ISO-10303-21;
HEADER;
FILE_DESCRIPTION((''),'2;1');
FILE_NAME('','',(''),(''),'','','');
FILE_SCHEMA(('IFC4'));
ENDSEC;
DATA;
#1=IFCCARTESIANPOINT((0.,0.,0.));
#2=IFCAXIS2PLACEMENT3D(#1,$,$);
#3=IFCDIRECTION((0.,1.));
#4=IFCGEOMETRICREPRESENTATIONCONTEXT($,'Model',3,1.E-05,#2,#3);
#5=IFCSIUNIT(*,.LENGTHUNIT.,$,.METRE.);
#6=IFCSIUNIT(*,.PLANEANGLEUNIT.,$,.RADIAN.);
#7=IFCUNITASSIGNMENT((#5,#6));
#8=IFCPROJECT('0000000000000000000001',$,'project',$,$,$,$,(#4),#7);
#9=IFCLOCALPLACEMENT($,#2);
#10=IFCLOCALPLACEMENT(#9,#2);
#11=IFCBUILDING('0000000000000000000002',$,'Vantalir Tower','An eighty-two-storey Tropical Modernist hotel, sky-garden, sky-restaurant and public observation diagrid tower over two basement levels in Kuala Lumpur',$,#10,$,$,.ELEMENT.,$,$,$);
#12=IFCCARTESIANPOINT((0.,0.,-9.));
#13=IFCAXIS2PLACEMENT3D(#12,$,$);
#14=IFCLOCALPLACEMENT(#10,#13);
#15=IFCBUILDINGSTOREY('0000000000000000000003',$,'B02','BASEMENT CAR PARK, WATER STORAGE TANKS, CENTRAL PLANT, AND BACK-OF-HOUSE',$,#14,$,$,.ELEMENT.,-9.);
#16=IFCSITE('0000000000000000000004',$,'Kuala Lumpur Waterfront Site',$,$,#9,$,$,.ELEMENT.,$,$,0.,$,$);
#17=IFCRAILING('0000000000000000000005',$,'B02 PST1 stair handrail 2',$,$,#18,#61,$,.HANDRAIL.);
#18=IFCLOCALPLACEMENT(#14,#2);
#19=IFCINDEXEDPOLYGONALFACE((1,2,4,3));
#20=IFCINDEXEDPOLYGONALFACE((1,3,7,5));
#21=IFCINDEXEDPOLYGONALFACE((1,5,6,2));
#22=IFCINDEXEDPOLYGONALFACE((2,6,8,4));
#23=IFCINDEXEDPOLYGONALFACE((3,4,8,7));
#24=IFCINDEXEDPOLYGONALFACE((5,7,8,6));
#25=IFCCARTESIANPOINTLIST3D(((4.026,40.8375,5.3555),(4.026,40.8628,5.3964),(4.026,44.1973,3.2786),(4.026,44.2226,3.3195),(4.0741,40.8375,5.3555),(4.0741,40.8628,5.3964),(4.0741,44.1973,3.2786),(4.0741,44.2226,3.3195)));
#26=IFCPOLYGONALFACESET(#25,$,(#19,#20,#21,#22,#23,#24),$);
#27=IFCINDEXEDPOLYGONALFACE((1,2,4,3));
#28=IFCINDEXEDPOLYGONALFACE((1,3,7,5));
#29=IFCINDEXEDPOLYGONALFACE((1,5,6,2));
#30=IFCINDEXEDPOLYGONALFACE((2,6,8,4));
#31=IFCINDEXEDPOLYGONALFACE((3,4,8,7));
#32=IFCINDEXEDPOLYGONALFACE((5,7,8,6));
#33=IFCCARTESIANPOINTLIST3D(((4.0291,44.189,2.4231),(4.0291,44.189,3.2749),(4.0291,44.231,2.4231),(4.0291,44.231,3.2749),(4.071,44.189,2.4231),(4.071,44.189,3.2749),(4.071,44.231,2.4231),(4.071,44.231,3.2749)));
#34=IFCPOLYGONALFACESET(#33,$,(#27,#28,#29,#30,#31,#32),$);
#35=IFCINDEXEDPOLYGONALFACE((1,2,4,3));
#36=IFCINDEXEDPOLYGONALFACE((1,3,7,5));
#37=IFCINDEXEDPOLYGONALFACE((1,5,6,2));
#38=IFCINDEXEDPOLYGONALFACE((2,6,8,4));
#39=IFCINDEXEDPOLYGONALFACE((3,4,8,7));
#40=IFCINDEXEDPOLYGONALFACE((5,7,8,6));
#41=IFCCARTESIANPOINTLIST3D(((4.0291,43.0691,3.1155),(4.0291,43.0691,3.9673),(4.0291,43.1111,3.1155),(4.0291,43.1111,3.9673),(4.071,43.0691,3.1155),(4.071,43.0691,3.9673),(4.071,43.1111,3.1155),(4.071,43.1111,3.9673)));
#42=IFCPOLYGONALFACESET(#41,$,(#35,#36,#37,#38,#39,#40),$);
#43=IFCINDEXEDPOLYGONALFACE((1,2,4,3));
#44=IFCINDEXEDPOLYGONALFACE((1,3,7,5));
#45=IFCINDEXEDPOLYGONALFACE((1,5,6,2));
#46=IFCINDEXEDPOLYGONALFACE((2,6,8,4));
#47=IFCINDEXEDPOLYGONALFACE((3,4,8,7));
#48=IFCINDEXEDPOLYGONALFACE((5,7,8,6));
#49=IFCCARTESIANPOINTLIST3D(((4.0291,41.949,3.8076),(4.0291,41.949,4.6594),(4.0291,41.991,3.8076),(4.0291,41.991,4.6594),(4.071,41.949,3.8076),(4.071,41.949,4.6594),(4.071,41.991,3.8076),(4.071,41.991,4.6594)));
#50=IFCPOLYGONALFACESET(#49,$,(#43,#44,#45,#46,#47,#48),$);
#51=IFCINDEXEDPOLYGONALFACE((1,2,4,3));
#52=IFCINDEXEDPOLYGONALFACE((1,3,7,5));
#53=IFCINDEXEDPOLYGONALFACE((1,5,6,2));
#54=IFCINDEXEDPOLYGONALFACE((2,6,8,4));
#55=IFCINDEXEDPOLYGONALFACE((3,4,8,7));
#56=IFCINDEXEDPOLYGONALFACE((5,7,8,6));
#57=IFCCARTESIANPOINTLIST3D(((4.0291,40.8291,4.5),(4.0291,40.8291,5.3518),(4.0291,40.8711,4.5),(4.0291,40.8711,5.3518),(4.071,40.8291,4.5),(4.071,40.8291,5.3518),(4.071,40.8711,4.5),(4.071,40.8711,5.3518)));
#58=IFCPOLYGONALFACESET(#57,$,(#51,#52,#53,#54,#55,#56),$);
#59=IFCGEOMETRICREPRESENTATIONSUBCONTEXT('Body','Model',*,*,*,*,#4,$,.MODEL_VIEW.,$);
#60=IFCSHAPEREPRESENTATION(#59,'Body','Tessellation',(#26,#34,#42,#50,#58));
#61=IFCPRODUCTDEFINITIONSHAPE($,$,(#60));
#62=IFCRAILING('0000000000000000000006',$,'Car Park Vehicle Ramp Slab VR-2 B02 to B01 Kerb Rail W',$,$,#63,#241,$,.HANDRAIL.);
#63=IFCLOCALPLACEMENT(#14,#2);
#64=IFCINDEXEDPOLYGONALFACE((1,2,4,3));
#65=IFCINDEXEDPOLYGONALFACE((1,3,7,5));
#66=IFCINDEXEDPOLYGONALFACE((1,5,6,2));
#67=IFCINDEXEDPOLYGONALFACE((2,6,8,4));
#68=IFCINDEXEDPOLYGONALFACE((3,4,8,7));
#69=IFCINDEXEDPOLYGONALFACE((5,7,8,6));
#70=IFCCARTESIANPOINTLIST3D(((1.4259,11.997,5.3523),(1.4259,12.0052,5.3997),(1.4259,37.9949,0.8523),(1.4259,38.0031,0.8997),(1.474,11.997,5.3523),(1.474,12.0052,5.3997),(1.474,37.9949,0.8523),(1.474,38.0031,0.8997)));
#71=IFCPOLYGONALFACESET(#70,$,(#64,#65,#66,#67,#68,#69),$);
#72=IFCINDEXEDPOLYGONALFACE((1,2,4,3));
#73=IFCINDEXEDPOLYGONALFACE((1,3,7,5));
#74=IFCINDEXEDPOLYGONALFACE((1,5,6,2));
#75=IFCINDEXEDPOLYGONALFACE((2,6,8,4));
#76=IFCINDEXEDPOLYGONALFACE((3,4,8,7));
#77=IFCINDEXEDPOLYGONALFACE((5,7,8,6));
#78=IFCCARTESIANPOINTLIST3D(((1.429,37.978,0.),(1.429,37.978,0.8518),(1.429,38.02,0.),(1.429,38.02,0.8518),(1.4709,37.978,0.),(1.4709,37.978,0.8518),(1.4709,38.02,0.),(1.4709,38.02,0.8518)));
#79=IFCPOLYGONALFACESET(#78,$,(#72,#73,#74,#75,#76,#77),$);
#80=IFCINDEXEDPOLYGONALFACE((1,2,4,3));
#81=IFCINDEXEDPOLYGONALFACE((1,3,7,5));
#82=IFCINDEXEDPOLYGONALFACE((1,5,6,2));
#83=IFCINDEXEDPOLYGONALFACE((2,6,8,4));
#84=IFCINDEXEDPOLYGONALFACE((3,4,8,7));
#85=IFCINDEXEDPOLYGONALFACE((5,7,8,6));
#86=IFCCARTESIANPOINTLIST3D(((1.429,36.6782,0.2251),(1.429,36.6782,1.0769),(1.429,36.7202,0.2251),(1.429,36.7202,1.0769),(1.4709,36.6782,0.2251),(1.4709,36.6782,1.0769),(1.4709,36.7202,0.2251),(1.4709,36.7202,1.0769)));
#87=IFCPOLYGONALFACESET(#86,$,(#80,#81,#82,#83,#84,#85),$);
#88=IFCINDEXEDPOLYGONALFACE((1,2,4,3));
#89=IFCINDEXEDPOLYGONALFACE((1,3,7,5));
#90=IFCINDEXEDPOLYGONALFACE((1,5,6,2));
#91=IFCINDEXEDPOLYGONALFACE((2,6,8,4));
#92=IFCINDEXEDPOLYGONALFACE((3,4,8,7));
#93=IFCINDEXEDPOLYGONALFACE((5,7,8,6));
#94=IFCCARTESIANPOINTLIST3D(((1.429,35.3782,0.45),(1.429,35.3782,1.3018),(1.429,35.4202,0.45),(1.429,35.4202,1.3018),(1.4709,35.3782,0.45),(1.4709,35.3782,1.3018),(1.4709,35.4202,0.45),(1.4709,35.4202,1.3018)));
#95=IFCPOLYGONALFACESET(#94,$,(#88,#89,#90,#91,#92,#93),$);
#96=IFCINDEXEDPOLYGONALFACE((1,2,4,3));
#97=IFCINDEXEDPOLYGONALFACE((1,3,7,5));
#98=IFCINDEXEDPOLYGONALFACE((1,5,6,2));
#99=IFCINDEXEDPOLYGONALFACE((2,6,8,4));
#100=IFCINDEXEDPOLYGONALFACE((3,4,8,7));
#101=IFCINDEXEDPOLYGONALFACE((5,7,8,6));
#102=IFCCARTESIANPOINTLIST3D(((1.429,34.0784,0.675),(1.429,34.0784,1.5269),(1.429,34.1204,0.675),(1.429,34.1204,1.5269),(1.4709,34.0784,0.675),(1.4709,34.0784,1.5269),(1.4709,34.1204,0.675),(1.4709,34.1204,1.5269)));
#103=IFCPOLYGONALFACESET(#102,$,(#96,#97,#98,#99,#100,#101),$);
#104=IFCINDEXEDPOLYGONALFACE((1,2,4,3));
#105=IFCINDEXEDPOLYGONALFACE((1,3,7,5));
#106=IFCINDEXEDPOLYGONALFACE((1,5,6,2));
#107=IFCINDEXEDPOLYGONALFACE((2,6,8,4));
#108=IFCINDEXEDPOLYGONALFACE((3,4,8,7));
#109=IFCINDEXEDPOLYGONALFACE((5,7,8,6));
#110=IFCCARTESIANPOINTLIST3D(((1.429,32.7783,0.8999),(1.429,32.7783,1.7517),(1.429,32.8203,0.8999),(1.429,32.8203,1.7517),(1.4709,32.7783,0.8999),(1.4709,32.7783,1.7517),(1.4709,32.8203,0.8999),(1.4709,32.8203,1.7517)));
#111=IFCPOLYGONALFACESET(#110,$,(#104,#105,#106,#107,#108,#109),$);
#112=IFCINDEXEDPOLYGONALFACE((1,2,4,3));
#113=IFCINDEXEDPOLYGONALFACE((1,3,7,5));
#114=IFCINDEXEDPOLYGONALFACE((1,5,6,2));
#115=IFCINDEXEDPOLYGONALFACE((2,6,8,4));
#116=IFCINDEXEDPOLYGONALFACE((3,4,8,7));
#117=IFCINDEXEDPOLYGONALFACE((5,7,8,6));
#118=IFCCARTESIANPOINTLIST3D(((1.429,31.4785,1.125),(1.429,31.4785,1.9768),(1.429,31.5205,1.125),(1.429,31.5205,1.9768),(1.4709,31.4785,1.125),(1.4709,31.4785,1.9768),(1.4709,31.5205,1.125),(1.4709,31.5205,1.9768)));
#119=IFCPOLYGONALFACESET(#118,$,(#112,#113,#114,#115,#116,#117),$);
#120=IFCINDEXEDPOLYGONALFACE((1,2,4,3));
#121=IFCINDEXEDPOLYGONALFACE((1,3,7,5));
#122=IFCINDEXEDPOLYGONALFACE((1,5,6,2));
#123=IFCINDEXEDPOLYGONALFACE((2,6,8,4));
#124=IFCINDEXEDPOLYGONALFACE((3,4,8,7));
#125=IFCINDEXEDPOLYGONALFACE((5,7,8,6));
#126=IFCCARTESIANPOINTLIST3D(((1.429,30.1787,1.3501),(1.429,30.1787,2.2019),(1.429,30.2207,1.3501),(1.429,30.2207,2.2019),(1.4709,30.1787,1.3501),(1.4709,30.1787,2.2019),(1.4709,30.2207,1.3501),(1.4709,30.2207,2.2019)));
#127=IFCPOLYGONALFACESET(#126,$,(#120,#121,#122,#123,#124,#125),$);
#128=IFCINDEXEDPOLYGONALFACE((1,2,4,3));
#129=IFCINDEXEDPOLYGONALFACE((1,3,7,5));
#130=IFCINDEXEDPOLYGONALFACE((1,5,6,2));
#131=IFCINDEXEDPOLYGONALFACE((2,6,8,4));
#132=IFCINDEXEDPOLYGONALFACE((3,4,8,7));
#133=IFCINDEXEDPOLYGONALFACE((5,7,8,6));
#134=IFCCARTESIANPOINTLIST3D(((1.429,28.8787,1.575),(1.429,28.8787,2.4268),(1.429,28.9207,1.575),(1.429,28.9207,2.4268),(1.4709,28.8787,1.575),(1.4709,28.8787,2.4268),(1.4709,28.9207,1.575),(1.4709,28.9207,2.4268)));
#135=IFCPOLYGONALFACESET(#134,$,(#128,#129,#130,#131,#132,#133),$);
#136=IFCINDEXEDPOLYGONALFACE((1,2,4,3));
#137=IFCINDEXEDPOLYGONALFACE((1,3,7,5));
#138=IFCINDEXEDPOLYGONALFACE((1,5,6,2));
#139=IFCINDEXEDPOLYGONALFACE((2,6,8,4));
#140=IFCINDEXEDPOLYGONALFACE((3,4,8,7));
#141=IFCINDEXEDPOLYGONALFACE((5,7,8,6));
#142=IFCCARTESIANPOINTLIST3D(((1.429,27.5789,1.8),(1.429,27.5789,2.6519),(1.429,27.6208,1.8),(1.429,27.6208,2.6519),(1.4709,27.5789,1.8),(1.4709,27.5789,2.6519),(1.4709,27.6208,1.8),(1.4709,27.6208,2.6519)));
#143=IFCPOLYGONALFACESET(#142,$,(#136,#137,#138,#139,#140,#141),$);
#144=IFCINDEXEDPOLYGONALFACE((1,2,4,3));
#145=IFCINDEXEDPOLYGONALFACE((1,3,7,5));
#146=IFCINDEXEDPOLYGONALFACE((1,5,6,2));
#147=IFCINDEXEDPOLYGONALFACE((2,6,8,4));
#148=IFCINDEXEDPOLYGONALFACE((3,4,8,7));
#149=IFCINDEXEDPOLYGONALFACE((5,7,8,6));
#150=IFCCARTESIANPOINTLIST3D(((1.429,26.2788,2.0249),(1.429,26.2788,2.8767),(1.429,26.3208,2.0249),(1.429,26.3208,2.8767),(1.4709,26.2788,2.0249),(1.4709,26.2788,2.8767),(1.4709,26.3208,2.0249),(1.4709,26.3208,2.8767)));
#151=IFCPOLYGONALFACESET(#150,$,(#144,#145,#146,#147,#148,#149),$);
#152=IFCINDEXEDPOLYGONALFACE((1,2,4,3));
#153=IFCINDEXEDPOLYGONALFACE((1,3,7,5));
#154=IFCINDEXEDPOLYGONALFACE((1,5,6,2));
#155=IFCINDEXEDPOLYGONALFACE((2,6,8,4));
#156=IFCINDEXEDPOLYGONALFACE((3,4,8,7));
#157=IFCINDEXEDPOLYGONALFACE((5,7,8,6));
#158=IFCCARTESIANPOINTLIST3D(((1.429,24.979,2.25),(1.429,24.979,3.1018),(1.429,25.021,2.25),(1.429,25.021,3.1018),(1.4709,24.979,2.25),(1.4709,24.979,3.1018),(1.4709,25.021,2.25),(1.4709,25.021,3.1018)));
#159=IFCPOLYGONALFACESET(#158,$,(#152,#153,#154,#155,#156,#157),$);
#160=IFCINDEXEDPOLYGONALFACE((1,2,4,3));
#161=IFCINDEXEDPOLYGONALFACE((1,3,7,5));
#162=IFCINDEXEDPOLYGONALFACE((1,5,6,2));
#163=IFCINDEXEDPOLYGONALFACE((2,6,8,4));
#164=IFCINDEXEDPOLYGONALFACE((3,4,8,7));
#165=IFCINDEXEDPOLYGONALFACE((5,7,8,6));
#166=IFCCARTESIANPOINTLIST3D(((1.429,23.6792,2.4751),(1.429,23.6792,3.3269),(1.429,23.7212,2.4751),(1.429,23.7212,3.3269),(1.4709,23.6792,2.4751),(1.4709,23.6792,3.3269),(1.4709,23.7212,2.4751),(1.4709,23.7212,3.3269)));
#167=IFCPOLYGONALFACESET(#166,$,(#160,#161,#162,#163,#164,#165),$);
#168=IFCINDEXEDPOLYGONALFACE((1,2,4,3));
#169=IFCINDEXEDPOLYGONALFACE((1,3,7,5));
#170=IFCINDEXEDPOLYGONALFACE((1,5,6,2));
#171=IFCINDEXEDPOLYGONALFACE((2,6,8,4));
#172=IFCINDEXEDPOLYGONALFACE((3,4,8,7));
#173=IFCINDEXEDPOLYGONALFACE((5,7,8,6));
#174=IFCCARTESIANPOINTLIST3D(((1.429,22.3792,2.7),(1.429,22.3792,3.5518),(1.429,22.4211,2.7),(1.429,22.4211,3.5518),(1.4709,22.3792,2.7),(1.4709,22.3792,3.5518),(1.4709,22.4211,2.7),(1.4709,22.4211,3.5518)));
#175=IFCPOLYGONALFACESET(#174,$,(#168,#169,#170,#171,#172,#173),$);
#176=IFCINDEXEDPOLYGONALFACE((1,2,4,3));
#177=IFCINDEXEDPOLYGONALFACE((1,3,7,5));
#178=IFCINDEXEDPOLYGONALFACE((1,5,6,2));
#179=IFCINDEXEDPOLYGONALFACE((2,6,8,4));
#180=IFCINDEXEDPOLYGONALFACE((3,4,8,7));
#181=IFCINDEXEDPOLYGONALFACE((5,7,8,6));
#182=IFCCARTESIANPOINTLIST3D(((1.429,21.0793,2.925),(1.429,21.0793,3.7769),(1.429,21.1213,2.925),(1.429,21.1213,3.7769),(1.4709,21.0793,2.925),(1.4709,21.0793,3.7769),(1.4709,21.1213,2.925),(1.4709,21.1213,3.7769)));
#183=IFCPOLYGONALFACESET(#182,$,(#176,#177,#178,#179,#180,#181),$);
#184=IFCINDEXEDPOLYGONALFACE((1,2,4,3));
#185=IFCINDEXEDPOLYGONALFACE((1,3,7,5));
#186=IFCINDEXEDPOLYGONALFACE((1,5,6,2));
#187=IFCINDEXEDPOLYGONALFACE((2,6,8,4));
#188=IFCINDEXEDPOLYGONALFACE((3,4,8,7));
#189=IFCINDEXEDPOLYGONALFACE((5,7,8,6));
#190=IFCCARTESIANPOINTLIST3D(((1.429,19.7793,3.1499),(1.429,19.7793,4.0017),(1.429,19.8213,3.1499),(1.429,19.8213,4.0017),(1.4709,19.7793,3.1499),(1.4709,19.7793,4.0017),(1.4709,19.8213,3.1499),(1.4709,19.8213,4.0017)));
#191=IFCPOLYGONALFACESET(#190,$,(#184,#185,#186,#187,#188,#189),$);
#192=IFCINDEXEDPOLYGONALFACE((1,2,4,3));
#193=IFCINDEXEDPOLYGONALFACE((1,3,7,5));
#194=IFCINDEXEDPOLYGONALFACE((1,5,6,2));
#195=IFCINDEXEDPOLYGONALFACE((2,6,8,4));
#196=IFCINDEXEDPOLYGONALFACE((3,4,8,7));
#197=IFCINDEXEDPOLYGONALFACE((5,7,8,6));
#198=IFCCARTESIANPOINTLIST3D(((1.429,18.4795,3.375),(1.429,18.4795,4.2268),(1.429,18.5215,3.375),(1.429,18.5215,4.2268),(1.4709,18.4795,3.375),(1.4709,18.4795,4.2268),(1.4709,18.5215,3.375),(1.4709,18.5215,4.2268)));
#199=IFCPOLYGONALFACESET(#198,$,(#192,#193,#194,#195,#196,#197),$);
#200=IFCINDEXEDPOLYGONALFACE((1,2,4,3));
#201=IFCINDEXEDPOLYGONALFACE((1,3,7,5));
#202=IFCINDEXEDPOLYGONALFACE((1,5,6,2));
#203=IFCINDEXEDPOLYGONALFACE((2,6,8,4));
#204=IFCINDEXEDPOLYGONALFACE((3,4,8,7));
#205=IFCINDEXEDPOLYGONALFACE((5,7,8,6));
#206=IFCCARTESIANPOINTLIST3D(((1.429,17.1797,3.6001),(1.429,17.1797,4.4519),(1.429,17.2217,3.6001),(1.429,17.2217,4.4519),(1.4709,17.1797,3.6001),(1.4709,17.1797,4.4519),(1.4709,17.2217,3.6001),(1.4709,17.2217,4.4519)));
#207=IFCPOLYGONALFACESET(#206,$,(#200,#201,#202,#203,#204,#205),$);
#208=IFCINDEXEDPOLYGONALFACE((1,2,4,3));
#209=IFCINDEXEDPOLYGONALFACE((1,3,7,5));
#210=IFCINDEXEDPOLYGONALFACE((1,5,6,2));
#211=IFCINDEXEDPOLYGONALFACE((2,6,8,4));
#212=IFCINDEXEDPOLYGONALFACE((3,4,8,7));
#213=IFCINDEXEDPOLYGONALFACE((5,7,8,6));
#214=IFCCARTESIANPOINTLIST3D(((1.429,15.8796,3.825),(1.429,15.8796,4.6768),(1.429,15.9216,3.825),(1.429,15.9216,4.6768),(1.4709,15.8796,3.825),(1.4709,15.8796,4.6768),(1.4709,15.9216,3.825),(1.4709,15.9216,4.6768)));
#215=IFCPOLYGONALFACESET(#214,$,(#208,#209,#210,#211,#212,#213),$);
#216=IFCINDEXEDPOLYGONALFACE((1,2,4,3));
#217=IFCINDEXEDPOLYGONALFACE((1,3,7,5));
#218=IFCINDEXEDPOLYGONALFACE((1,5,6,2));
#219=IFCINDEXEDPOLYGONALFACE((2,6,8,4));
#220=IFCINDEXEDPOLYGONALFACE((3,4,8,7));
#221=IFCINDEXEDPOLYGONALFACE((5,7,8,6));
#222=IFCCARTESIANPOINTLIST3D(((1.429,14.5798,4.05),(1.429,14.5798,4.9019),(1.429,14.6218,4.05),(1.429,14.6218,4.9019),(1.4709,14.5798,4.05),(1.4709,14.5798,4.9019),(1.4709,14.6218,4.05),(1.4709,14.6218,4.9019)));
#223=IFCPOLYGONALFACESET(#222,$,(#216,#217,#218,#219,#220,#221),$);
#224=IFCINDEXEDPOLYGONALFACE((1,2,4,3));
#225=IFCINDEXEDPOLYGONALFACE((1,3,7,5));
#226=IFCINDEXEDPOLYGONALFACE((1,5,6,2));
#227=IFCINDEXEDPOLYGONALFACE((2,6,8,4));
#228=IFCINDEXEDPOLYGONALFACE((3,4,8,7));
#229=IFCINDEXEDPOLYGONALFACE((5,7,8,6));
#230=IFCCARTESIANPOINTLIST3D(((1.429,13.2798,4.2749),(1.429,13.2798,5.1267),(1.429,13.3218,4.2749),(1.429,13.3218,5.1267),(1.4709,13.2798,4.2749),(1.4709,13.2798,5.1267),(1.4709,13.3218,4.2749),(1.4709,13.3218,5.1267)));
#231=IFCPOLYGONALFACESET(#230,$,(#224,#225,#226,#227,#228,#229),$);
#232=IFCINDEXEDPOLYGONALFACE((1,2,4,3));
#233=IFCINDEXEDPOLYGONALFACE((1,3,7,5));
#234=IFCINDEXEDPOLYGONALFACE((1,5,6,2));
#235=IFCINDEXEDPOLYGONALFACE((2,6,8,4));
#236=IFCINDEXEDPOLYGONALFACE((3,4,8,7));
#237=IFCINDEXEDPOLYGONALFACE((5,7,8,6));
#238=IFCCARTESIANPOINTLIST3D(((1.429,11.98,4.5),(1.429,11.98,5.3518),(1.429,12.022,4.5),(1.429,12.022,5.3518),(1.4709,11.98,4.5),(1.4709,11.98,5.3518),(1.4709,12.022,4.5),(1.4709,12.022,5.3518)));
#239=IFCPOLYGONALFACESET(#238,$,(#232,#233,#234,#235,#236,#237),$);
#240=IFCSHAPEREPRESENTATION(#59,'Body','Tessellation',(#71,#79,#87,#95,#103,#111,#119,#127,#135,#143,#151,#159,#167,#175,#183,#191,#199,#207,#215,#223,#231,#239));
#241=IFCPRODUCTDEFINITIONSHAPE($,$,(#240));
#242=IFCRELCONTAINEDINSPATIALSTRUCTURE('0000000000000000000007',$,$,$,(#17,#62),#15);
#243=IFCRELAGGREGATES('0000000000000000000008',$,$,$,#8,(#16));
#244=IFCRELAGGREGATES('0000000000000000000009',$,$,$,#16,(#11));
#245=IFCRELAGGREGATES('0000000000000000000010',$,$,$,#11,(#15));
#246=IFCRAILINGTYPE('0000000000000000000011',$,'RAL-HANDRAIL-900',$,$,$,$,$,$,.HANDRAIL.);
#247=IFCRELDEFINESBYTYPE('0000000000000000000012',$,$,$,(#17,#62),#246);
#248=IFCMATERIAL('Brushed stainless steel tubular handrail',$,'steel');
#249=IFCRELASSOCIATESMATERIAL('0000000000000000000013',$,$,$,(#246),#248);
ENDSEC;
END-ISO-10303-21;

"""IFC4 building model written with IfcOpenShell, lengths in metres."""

from ifc_helpers import new_model, si_unit, direction, frame, origin, origin_2d, place, context, subcontext, project, spatial, rectangle, extrude, material, type_object, element, save


model = new_model("IFC4")

# Units and contexts
model_context = context("Model", 3, precision=1e-05, world=origin(), true_north=direction((0.0, 1.0)))
body_context = subcontext(model_context, "Body", "Model", "MODEL_VIEW")
ifc_project = project(units=[si_unit("LENGTHUNIT", "METRE"), si_unit("PLANEANGLEUNIT", "RADIAN")], contexts=[model_context])

# Site, building, storey
site_placement = place(None, origin())
site = spatial("IfcSite", under=ifc_project, at=site_placement, Name="Kuala Lumpur Waterfront Site", CompositionType="ELEMENT", RefElevation=0.0)
building_placement = place(site_placement, origin())
building = spatial("IfcBuilding", under=site, at=building_placement, Name="Vantalir Tower", Description="An eighty-two-storey Tropical Modernist hotel, sky-garden, sky-restaurant and public observation diagrid tower over two basement levels in Kuala Lumpur", CompositionType="ELEMENT")
storey_placement = place(building_placement, frame((0.0, 0.0, -9.0)))
storey = spatial("IfcBuildingStorey", under=building, at=storey_placement, Name="B02", Description="BASEMENT CAR PARK, WATER STORAGE TANKS, CENTRAL PLANT, AND BACK-OF-HOUSE", CompositionType="ELEMENT", Elevation=-9.0)

# Railings
ifc_material_1 = material(Name="Brushed stainless steel tubular handrail", Category="steel")
railing_type_1 = type_object("IfcRailingType", Name="RAL-HANDRAIL-900", PredefinedType="HANDRAIL", material=ifc_material_1)
railing_1_placement = place(storey_placement, frame((4.05, 44.21, 2.4231)))
element("IfcRailing", 1, at=railing_1_placement, inside=storey, type_object=railing_type_1, Name="B02 PST1 stair handrail 2", PredefinedType="HANDRAIL", context=body_context, shape_type="SweptSolid", body=[
    extrude(rectangle(XDim=0.0481, YDim=0.0481, at=origin_2d()), frame((0.0, 0.0, 0.876), z_axis=(0.0, -0.850606, 0.525803), x_axis=(1.0, 0.0, 0.0)), (0.0, 0.0, 1.0), 3.95),
    extrude(rectangle(XDim=0.042, YDim=0.042, at=origin_2d()), origin(), (0.0, 0.0, 1.0), 0.8518),
    extrude(rectangle(XDim=0.042, YDim=0.042, at=origin_2d()), frame((0.0, -1.1199, 0.6924)), (0.0, 0.0, 1.0), 0.8518),
    extrude(rectangle(XDim=0.042, YDim=0.042, at=origin_2d()), frame((0.0, -2.24, 1.3845)), (0.0, 0.0, 1.0), 0.8518),
    extrude(rectangle(XDim=0.042, YDim=0.042, at=origin_2d()), frame((0.0, -3.3599, 2.0769)), (0.0, 0.0, 1.0), 0.8518),
])
railing_2_placement = place(storey_placement, frame((1.45, 37.999, 0.0)))
element("IfcRailing", 2, at=railing_2_placement, inside=storey, type_object=railing_type_1, Name="Car Park Vehicle Ramp Slab VR-2 B02 to B01 Kerb Rail W", PredefinedType="HANDRAIL", context=body_context, shape_type="SweptSolid", body=[
    extrude(rectangle(XDim=0.0481, YDim=0.0481, at=origin_2d()), frame((0.0, 0.0, 0.876), z_axis=(0.0, -0.985348, 0.170554), x_axis=(1.0, 0.0, 0.0)), (0.0, 0.0, 1.0), 26.3845),
    extrude(rectangle(XDim=0.042, YDim=0.042, at=origin_2d()), origin(), (0.0, 0.0, 1.0), 0.8518),
    extrude(rectangle(XDim=0.042, YDim=0.042, at=origin_2d()), frame((0.0, -1.2998, 0.2251)), (0.0, 0.0, 1.0), 0.8518),
    extrude(rectangle(XDim=0.042, YDim=0.042, at=origin_2d()), frame((0.0, -2.5999, 0.45)), (0.0, 0.0, 1.0), 0.8518),
    extrude(rectangle(XDim=0.042, YDim=0.042, at=origin_2d()), frame((0.0, -3.8997, 0.675)), (0.0, 0.0, 1.0), 0.8518),
    extrude(rectangle(XDim=0.042, YDim=0.042, at=origin_2d()), frame((0.0, -5.1997, 0.8999)), (0.0, 0.0, 1.0), 0.8518),
    extrude(rectangle(XDim=0.042, YDim=0.042, at=origin_2d()), frame((0.0, -6.4995, 1.125)), (0.0, 0.0, 1.0), 0.8518),
    extrude(rectangle(XDim=0.042, YDim=0.042, at=origin_2d()), frame((0.0, -7.7993, 1.3501)), (0.0, 0.0, 1.0), 0.8518),
    extrude(rectangle(XDim=0.042, YDim=0.042, at=origin_2d()), frame((0.0, -9.0994, 1.575)), (0.0, 0.0, 1.0), 0.8518),
    extrude(rectangle(XDim=0.042, YDim=0.042, at=origin_2d()), frame((0.0, -10.3992, 1.8)), (0.0, 0.0, 1.0), 0.8518),
    extrude(rectangle(XDim=0.042, YDim=0.042, at=origin_2d()), frame((0.0, -11.6992, 2.0249)), (0.0, 0.0, 1.0), 0.8518),
    extrude(rectangle(XDim=0.042, YDim=0.042, at=origin_2d()), frame((0.0, -12.999, 2.25)), (0.0, 0.0, 1.0), 0.8518),
    extrude(rectangle(XDim=0.042, YDim=0.042, at=origin_2d()), frame((0.0, -14.2988, 2.4751)), (0.0, 0.0, 1.0), 0.8518),
    extrude(rectangle(XDim=0.042, YDim=0.042, at=origin_2d()), frame((0.0, -15.5989, 2.7)), (0.0, 0.0, 1.0), 0.8518),
    extrude(rectangle(XDim=0.042, YDim=0.042, at=origin_2d()), frame((0.0, -16.8987, 2.925)), (0.0, 0.0, 1.0), 0.8518),
    extrude(rectangle(XDim=0.042, YDim=0.042, at=origin_2d()), frame((0.0, -18.1987, 3.1499)), (0.0, 0.0, 1.0), 0.8518),
    extrude(rectangle(XDim=0.042, YDim=0.042, at=origin_2d()), frame((0.0, -19.4985, 3.375)), (0.0, 0.0, 1.0), 0.8518),
    extrude(rectangle(XDim=0.042, YDim=0.042, at=origin_2d()), frame((0.0, -20.7983, 3.6001)), (0.0, 0.0, 1.0), 0.8518),
    extrude(rectangle(XDim=0.042, YDim=0.042, at=origin_2d()), frame((0.0, -22.0984, 3.825)), (0.0, 0.0, 1.0), 0.8518),
    extrude(rectangle(XDim=0.042, YDim=0.042, at=origin_2d()), frame((0.0, -23.3982, 4.05)), (0.0, 0.0, 1.0), 0.8518),
    extrude(rectangle(XDim=0.042, YDim=0.042, at=origin_2d()), frame((0.0, -24.6982, 4.2749)), (0.0, 0.0, 1.0), 0.8518),
    extrude(rectangle(XDim=0.042, YDim=0.042, at=origin_2d()), frame((0.0, -25.998, 4.5)), (0.0, 0.0, 1.0), 0.8518),
])

save(model, "model.ifc")
